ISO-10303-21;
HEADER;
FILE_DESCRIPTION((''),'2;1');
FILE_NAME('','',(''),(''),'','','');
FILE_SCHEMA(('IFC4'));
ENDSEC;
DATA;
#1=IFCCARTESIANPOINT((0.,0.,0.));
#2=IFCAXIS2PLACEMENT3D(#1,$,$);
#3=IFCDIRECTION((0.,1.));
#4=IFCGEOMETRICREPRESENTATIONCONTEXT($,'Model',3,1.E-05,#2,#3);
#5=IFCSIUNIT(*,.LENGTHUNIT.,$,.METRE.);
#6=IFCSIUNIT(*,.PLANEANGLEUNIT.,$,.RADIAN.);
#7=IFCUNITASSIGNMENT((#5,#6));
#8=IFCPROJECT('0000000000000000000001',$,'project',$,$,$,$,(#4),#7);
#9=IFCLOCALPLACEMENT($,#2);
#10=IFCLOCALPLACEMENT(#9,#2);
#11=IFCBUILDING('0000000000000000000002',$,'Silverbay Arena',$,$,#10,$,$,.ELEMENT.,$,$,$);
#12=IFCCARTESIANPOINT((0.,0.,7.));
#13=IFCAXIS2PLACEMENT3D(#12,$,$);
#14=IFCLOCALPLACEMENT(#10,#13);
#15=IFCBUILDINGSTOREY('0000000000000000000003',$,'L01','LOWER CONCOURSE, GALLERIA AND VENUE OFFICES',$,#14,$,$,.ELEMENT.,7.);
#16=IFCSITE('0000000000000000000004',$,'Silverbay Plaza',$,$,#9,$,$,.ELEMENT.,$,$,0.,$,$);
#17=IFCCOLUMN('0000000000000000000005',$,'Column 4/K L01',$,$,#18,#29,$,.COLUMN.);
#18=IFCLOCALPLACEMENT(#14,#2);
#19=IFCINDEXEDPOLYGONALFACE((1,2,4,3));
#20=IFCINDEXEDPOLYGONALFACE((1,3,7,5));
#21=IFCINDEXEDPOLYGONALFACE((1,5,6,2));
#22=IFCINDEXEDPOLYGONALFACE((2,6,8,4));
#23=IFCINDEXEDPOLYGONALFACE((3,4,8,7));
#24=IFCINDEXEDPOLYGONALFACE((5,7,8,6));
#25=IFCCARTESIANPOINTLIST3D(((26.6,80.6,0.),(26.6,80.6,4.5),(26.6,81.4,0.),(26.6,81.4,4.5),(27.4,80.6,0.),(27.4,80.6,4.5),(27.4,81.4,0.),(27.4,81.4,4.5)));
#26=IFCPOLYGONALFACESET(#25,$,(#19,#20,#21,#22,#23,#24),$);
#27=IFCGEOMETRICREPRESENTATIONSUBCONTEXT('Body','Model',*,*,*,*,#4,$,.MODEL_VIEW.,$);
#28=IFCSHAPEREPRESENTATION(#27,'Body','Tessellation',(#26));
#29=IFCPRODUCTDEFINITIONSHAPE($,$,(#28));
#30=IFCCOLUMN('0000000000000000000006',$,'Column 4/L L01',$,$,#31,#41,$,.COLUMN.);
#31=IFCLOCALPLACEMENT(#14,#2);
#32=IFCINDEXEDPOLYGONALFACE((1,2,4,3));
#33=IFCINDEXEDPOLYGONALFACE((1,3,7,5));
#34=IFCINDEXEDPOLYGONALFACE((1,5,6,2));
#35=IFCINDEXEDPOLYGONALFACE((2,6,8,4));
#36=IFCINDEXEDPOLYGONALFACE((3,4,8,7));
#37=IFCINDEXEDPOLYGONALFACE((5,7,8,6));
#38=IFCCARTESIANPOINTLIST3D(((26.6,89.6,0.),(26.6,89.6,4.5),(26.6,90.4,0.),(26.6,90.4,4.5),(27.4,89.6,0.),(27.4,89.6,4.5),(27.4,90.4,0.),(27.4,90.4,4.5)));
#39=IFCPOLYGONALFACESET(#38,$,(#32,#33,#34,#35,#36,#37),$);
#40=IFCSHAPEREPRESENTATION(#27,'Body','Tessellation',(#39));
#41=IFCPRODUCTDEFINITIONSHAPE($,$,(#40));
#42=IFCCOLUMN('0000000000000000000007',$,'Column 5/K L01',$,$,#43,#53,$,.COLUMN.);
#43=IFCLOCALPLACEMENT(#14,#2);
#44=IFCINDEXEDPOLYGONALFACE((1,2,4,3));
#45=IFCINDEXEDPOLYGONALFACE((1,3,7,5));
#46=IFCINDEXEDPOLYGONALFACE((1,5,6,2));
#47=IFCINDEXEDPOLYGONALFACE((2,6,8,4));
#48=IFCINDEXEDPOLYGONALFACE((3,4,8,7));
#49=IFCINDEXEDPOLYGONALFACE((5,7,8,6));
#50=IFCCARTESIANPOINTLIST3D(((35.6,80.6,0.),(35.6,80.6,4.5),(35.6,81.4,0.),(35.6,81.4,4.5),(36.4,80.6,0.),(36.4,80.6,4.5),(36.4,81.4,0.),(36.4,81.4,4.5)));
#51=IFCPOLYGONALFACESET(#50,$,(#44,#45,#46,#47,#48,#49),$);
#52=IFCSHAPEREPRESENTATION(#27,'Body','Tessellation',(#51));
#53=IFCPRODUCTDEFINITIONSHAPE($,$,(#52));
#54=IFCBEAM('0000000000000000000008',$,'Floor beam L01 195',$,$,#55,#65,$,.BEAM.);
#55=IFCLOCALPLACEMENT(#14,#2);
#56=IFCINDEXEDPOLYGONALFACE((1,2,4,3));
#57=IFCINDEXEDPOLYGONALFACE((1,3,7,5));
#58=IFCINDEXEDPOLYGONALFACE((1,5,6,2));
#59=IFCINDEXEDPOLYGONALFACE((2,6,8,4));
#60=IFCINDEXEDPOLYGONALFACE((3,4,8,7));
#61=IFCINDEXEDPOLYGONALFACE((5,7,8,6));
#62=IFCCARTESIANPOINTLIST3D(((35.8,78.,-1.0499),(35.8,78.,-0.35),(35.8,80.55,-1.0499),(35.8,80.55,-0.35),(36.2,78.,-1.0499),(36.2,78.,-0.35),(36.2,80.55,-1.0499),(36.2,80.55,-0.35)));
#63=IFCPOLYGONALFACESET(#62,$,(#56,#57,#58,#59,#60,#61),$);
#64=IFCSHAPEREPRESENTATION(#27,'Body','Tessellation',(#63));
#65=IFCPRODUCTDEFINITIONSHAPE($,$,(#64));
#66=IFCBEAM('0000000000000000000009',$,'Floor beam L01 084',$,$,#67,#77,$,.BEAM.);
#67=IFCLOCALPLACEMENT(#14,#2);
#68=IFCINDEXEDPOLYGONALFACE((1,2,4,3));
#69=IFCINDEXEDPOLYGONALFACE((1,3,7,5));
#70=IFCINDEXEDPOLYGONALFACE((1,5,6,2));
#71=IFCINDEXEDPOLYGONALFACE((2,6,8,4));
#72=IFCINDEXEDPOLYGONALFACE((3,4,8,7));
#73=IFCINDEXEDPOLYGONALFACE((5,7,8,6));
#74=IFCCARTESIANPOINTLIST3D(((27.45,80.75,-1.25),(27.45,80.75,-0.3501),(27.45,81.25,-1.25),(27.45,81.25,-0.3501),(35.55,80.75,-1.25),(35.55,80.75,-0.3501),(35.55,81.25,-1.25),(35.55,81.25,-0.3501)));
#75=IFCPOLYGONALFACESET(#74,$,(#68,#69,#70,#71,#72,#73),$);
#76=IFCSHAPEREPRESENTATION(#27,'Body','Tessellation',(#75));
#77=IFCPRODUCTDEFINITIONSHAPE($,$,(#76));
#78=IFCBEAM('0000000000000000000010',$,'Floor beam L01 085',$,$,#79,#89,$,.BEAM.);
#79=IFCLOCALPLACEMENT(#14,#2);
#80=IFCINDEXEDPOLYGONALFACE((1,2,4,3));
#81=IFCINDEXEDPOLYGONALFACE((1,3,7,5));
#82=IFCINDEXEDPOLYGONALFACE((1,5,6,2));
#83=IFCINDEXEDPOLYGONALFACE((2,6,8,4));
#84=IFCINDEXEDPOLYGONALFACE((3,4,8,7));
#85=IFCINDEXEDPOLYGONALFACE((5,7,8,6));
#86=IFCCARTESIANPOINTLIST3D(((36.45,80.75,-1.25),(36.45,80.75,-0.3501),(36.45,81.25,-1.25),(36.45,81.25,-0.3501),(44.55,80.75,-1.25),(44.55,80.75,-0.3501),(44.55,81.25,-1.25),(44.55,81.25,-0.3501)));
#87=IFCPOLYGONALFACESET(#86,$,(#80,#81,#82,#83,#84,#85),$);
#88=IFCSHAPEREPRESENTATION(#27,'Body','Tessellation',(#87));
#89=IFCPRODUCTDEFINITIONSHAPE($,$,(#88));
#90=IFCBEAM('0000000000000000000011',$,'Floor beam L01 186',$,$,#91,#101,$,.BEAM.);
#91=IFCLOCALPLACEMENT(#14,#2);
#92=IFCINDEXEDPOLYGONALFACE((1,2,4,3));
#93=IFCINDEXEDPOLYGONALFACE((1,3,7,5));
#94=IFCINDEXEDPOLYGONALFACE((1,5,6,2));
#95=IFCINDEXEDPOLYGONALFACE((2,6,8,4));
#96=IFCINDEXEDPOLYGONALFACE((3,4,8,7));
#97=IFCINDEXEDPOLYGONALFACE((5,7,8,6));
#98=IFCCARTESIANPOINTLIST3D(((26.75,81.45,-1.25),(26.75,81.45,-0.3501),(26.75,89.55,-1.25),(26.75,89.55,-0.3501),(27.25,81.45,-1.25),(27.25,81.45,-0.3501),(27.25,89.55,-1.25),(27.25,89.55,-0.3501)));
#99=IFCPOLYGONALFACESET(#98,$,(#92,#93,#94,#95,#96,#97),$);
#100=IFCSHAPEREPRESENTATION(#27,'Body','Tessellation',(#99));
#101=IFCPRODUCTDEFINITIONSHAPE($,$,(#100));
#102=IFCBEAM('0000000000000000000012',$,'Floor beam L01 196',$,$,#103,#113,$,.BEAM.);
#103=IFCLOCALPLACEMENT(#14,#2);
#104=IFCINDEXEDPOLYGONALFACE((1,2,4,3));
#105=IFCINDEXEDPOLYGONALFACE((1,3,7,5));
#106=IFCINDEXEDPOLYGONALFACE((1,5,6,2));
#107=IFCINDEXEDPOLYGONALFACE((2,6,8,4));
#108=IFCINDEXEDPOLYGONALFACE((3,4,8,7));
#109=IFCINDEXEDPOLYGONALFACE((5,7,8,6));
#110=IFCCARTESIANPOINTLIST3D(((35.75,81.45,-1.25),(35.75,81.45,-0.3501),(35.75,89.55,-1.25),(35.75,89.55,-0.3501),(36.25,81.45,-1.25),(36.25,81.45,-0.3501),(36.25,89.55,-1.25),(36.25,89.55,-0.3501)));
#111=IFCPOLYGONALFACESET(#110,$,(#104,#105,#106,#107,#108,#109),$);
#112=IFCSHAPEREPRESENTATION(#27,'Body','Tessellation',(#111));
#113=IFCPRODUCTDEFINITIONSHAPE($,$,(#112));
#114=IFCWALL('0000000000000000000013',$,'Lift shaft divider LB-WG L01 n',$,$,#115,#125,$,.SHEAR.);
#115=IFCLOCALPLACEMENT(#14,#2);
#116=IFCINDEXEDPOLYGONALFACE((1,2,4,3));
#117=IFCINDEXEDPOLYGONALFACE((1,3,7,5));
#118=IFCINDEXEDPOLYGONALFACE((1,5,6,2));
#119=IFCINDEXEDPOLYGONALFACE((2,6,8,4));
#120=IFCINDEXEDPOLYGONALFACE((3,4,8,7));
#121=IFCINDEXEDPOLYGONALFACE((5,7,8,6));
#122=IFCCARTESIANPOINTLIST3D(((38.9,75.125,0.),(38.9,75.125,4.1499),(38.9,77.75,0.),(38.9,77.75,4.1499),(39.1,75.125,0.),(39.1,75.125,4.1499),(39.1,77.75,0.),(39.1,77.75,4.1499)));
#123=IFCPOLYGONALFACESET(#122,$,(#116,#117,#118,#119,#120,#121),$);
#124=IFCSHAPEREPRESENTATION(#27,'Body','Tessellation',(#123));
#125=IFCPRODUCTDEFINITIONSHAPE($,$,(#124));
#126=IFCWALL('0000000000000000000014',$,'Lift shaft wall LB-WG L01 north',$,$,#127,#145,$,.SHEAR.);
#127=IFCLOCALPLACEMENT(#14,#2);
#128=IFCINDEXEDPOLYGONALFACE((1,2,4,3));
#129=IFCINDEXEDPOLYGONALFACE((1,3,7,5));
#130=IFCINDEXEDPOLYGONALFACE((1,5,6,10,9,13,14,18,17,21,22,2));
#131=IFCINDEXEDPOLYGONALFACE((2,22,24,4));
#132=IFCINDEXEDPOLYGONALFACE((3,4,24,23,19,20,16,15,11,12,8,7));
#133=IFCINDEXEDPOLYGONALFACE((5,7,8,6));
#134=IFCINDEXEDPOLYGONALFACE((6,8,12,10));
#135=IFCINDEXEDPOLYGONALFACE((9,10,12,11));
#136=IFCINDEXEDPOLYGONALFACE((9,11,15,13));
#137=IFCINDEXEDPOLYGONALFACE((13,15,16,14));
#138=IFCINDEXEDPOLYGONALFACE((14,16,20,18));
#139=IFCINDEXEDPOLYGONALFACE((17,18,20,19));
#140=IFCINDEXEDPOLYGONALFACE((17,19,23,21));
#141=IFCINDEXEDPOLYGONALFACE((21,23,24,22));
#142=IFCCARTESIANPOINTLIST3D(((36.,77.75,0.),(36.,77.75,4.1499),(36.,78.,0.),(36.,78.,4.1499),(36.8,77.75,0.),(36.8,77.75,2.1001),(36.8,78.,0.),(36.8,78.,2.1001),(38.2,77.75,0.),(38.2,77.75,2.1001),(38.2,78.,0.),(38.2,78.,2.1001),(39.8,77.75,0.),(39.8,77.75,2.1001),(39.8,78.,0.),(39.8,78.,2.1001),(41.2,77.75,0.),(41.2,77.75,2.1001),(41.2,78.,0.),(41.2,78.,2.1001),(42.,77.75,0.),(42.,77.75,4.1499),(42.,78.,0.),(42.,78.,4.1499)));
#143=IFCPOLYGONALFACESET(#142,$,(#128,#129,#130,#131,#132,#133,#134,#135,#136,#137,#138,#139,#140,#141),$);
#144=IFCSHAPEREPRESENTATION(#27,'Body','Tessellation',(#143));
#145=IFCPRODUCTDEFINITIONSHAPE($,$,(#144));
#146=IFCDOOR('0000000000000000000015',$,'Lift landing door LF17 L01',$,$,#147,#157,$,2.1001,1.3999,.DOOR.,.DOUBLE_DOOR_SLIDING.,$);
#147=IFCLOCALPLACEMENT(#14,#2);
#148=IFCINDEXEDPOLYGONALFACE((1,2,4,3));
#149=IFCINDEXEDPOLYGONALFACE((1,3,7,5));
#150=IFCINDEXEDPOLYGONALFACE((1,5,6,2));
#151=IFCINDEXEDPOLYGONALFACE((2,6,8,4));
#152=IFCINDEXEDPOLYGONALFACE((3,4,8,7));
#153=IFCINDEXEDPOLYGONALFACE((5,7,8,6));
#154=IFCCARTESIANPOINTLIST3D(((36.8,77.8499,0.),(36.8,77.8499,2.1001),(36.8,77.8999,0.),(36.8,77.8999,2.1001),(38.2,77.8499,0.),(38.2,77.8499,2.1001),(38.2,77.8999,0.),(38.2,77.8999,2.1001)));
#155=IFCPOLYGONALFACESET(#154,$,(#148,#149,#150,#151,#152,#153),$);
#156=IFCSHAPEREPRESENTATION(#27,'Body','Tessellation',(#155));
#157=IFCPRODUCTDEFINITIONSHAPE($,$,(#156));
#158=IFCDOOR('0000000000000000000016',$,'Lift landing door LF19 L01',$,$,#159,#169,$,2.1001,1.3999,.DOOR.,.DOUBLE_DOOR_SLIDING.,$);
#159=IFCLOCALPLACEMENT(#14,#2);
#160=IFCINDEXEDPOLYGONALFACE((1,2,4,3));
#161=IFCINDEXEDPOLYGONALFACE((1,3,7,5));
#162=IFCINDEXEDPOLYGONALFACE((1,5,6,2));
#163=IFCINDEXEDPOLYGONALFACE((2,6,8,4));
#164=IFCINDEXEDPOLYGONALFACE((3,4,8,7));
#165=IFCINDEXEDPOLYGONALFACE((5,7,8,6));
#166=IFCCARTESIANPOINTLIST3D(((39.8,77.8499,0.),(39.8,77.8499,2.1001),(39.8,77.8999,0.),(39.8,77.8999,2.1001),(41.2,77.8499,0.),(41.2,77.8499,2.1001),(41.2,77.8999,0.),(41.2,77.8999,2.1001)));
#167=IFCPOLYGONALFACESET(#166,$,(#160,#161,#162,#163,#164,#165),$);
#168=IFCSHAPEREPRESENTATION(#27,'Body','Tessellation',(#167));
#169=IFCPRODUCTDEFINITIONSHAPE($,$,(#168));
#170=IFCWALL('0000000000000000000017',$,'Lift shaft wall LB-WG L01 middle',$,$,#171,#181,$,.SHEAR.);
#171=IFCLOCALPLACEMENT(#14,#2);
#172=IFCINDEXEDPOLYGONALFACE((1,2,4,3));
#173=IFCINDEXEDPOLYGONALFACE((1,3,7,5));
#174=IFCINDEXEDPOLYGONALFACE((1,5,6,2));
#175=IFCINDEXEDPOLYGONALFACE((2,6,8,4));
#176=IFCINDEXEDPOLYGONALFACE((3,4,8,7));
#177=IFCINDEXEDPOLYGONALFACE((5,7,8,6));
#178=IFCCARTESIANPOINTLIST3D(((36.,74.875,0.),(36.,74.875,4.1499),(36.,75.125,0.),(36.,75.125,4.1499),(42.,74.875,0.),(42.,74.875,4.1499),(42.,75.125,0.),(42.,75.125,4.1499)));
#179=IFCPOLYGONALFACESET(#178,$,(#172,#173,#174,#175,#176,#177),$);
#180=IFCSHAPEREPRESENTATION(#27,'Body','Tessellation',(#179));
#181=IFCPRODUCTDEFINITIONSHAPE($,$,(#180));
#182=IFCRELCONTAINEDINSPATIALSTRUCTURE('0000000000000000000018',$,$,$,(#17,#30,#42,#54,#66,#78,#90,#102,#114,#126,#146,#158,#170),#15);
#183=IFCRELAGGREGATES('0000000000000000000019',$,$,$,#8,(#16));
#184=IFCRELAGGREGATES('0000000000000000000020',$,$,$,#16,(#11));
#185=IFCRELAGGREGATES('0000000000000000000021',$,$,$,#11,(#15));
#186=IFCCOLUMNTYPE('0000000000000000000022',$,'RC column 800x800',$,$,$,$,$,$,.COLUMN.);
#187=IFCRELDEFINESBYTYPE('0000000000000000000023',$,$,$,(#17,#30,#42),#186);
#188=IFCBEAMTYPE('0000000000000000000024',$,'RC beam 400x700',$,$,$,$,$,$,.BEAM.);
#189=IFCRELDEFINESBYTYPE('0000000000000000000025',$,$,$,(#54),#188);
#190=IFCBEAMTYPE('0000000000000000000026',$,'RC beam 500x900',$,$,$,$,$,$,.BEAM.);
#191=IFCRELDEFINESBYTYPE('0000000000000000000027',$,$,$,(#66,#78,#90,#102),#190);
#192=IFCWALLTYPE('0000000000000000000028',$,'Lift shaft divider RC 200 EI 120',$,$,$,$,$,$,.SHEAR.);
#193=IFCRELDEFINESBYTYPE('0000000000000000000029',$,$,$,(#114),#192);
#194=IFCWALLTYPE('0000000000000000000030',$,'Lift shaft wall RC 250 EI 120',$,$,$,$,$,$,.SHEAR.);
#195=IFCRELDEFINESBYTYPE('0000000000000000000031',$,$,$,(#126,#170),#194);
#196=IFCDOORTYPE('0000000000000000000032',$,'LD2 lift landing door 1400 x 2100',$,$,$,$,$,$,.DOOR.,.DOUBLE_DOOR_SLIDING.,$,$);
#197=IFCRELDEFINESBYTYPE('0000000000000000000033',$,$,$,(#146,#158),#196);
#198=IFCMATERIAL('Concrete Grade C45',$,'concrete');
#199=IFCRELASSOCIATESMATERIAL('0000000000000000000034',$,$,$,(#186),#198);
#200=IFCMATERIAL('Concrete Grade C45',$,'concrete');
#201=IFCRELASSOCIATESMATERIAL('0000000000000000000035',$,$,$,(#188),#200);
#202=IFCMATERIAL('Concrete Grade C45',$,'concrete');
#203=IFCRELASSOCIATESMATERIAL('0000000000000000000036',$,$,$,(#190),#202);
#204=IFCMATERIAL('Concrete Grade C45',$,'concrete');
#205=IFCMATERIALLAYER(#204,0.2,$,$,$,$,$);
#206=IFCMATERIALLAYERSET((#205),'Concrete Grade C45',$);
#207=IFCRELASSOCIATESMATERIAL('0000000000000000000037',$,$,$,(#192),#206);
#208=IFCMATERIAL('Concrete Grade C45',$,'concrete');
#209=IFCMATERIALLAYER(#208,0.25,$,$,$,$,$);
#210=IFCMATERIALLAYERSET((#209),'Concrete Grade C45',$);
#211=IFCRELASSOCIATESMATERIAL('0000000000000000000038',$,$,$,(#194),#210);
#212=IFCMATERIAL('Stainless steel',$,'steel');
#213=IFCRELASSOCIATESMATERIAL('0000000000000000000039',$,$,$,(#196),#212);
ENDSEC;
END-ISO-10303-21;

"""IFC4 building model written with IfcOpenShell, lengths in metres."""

from ifc_helpers import new_model, si_unit, direction, frame, frame_2d, origin, origin_2d, place, context, subcontext, project, spatial, rectangle, extrude, material, layer, layer_set, material_profile, profile_set, type_object, element, fill, save


model = new_model("IFC4")

# Units and contexts
model_context = context("Model", 3, precision=1e-05, world=origin(), true_north=direction((0.0, 1.0)))
body_context = subcontext(model_context, "Body", "Model", "MODEL_VIEW")
ifc_project = project(units=[si_unit("LENGTHUNIT", "METRE"), si_unit("PLANEANGLEUNIT", "RADIAN")], contexts=[model_context])

# Site, building, storey
site_placement = place(None, origin())
site = spatial("IfcSite", under=ifc_project, at=site_placement, Name="Silverbay Plaza", CompositionType="ELEMENT", RefElevation=0.0)
building_placement = place(site_placement, origin())
building = spatial("IfcBuilding", under=site, at=building_placement, Name="Silverbay Arena", CompositionType="ELEMENT")
storey_placement = place(building_placement, frame((0.0, 0.0, 7.0)))
storey = spatial("IfcBuildingStorey", under=building, at=storey_placement, Name="L01", Description="LOWER CONCOURSE, GALLERIA AND VENUE OFFICES", CompositionType="ELEMENT", Elevation=7.0)

# Columns
ifc_material_1 = material(Name="Concrete Grade C45", Category="concrete")
ifc_material_profile_1 = material_profile(ifc_material_1, rectangle(XDim=0.8, YDim=0.8, at=origin_2d()), Name="RC 800x800")
ifc_profile_set_1 = profile_set([ifc_material_profile_1], Name="Concrete Grade C45")
column_type = type_object("IfcColumnType", Name="RC column 800x800", PredefinedType="COLUMN", material=ifc_profile_set_1)
for number, where, z_axis, x_axis, name in (
    (1, (27.0, 81.0, 0.0), (0.0, 0.0, 1.0), (1.0, 0.0, 0.0), "Column 4/K L01"),
    (2, (27.0, 90.0, 0.0), (0.0, 0.0, 1.0), (1.0, 0.0, 0.0), "Column 4/L L01"),
    (3, (36.0, 81.0, 0.0), (0.0, 0.0, 1.0), (1.0, 0.0, 0.0), "Column 5/K L01"),
):
    element("IfcColumn", number, at=place(storey_placement, frame(where, z_axis=z_axis, x_axis=x_axis)), inside=storey, type_object=column_type, Name=name, PredefinedType="COLUMN", context=body_context, shape_type="SweptSolid", body=[
        extrude(rectangle(XDim=0.8, YDim=0.8, at=origin_2d()), origin(), (0.0, 0.0, 1.0), 4.5),
    ])

# Beams
ifc_material_2 = material(Name="Concrete Grade C45", Category="concrete")
ifc_material_profile_2 = material_profile(ifc_material_2, rectangle(XDim=0.3999, YDim=0.7, at=origin_2d()), Name="RC 400x700")
ifc_profile_set_2 = profile_set([ifc_material_profile_2], Name="Concrete Grade C45")
beam_type_1 = type_object("IfcBeamType", Name="RC beam 400x700", PredefinedType="BEAM", material=ifc_profile_set_2)
beam_placement = place(storey_placement, frame((36.0, 78.0, -0.7), z_axis=(0.0, 1.0, 0.0), x_axis=(-1.0, 0.0, 0.0)))
element("IfcBeam", 4, at=beam_placement, inside=storey, type_object=beam_type_1, Name="Floor beam L01 195", PredefinedType="BEAM", context=body_context, shape_type="SweptSolid", body=[
    extrude(rectangle(XDim=0.3999, YDim=0.7, at=origin_2d()), origin(), (0.0, 0.0, 1.0), 2.55),
])
ifc_material_3 = material(Name="Concrete Grade C45", Category="concrete")
ifc_material_profile_3 = material_profile(ifc_material_3, rectangle(XDim=0.5, YDim=0.8999, at=origin_2d()), Name="RC 500x900")
ifc_profile_set_3 = profile_set([ifc_material_profile_3], Name="Concrete Grade C45")
beam_type_2 = type_object("IfcBeamType", Name="RC beam 500x900", PredefinedType="BEAM", material=ifc_profile_set_3)
for number, where, z_axis, x_axis, name in (
    (5, (27.45, 81.0, -0.8), (1.0, 0.0, 0.0), (0.0, 1.0, 0.0), "Floor beam L01 084"),
    (6, (36.45, 81.0, -0.8), (1.0, 0.0, 0.0), (0.0, 1.0, 0.0), "Floor beam L01 085"),
    (7, (27.0, 81.45, -0.8), (0.0, 1.0, 0.0), (-1.0, 0.0, 0.0), "Floor beam L01 186"),
    (8, (36.0, 81.45, -0.8), (0.0, 1.0, 0.0), (-1.0, 0.0, 0.0), "Floor beam L01 196"),
):
    element("IfcBeam", number, at=place(storey_placement, frame(where, z_axis=z_axis, x_axis=x_axis)), inside=storey, type_object=beam_type_2, Name=name, PredefinedType="BEAM", context=body_context, shape_type="SweptSolid", body=[
        extrude(rectangle(XDim=0.5, YDim=0.8999, at=origin_2d()), origin(), (0.0, 0.0, 1.0), 8.1001),
    ])

# Wall
ifc_material_4 = material(Name="Concrete Grade C45", Category="concrete")
ifc_layer_1 = layer(ifc_material_4, 0.2)
ifc_layer_set_1 = layer_set([ifc_layer_1], Name="Concrete Grade C45")
wall_type_1 = type_object("IfcWallType", Name="Lift shaft divider RC 200 EI 120", PredefinedType="SHEAR", material=ifc_layer_set_1)
wall_1_placement = place(storey_placement, frame((39.0, 75.125, 0.0), z_axis=(0.0, 0.0, 1.0), x_axis=(0.0, 1.0, 0.0)))
element("IfcWall", 9, at=wall_1_placement, inside=storey, type_object=wall_type_1, Name="Lift shaft divider LB-WG L01 n", PredefinedType="SHEAR", context=body_context, shape_type="SweptSolid", body=[
    extrude(rectangle(XDim=2.625, YDim=0.2, at=frame_2d((1.3125, 0.0))), origin(), (0.0, 0.0, 1.0), 4.1499),
])

# Wall, openings, doors
ifc_material_5 = material(Name="Concrete Grade C45", Category="concrete")
ifc_layer_2 = layer(ifc_material_5, 0.25)
ifc_layer_set_2 = layer_set([ifc_layer_2], Name="Concrete Grade C45")
wall_type_2 = type_object("IfcWallType", Name="Lift shaft wall RC 250 EI 120", PredefinedType="SHEAR", material=ifc_layer_set_2)
wall_2_placement = place(storey_placement, frame((36.0, 77.875, 0.0), z_axis=(0.0, 0.0, 1.0), x_axis=(1.0, 0.0, 0.0)))
wall_2 = element("IfcWall", 10, at=wall_2_placement, inside=storey, type_object=wall_type_2, Name="Lift shaft wall LB-WG L01 north", PredefinedType="SHEAR", context=body_context, shape_type="SweptSolid", body=[
    extrude(rectangle(XDim=6.0, YDim=0.25, at=frame_2d((3.0, 0.0))), origin(), (0.0, 0.0, 1.0), 4.1499),
])
opening_1_placement = place(wall_2_placement, frame((0.8, 0.0, 0.0)))
opening_1 = element("IfcOpeningElement", 11, at=opening_1_placement, cuts=wall_2, PredefinedType="OPENING", context=body_context, shape_type="SweptSolid", body=[
    extrude(rectangle(XDim=1.3999, YDim=2.1001, at=frame_2d((0.7, 1.05))), frame((0.0, 0.135, 0.0), z_axis=(0.0, -1.0, 0.0), x_axis=(1.0, 0.0, 0.0)), (0.0, 0.0, 1.0), 0.27),
])
opening_2_placement = place(wall_2_placement, frame((3.8, 0.0, 0.0)))
opening_2 = element("IfcOpeningElement", 12, at=opening_2_placement, cuts=wall_2, PredefinedType="OPENING", context=body_context, shape_type="SweptSolid", body=[
    extrude(rectangle(XDim=1.3999, YDim=2.1001, at=frame_2d((0.7, 1.05))), frame((0.0, 0.135, 0.0), z_axis=(0.0, -1.0, 0.0), x_axis=(1.0, 0.0, 0.0)), (0.0, 0.0, 1.0), 0.27),
])
ifc_material_6 = material(Name="Stainless steel", Category="steel")
door_type_1 = type_object("IfcDoorType", Name="LD2 lift landing door 1400 x 2100", OperationType="DOUBLE_DOOR_SLIDING", PredefinedType="DOOR", material=ifc_material_6)
door_1_placement = place(opening_1_placement, origin())
door_1 = element("IfcDoor", 13, at=door_1_placement, inside=storey, type_object=door_type_1, Name="Lift landing door LF17 L01", OperationType="DOUBLE_DOOR_SLIDING", OverallHeight=2.1001, OverallWidth=1.3999, PredefinedType="DOOR", context=body_context, shape_type="SweptSolid", body=[
    extrude(rectangle(XDim=1.3999, YDim=2.1001, at=frame_2d((0.7, 1.05))), frame((0.0, 0.0249, 0.0), z_axis=(0.0, -1.0, 0.0), x_axis=(1.0, 0.0, 0.0)), (0.0, 0.0, 1.0), 0.05),
])
fill(opening_1, door_1)
door_2_placement = place(opening_2_placement, origin())
door_2 = element("IfcDoor", 14, at=door_2_placement, inside=storey, type_object=door_type_1, Name="Lift landing door LF19 L01", OperationType="DOUBLE_DOOR_SLIDING", OverallHeight=2.1001, OverallWidth=1.3999, PredefinedType="DOOR", context=body_context, shape_type="SweptSolid", body=[
    extrude(rectangle(XDim=1.3999, YDim=2.1001, at=frame_2d((0.7, 1.05))), frame((0.0, 0.0249, 0.0), z_axis=(0.0, -1.0, 0.0), x_axis=(1.0, 0.0, 0.0)), (0.0, 0.0, 1.0), 0.05),
])
fill(opening_2, door_2)

# Wall
wall_3_placement = place(storey_placement, frame((36.0, 75.0, 0.0), z_axis=(0.0, 0.0, 1.0), x_axis=(1.0, 0.0, 0.0)))
element("IfcWall", 15, at=wall_3_placement, inside=storey, type_object=wall_type_2, Name="Lift shaft wall LB-WG L01 middle", PredefinedType="SHEAR", context=body_context, shape_type="SweptSolid", body=[
    extrude(rectangle(XDim=6.0, YDim=0.25, at=frame_2d((3.0, 0.0))), origin(), (0.0, 0.0, 1.0), 4.1499),
])

save(model, "model.ifc")
